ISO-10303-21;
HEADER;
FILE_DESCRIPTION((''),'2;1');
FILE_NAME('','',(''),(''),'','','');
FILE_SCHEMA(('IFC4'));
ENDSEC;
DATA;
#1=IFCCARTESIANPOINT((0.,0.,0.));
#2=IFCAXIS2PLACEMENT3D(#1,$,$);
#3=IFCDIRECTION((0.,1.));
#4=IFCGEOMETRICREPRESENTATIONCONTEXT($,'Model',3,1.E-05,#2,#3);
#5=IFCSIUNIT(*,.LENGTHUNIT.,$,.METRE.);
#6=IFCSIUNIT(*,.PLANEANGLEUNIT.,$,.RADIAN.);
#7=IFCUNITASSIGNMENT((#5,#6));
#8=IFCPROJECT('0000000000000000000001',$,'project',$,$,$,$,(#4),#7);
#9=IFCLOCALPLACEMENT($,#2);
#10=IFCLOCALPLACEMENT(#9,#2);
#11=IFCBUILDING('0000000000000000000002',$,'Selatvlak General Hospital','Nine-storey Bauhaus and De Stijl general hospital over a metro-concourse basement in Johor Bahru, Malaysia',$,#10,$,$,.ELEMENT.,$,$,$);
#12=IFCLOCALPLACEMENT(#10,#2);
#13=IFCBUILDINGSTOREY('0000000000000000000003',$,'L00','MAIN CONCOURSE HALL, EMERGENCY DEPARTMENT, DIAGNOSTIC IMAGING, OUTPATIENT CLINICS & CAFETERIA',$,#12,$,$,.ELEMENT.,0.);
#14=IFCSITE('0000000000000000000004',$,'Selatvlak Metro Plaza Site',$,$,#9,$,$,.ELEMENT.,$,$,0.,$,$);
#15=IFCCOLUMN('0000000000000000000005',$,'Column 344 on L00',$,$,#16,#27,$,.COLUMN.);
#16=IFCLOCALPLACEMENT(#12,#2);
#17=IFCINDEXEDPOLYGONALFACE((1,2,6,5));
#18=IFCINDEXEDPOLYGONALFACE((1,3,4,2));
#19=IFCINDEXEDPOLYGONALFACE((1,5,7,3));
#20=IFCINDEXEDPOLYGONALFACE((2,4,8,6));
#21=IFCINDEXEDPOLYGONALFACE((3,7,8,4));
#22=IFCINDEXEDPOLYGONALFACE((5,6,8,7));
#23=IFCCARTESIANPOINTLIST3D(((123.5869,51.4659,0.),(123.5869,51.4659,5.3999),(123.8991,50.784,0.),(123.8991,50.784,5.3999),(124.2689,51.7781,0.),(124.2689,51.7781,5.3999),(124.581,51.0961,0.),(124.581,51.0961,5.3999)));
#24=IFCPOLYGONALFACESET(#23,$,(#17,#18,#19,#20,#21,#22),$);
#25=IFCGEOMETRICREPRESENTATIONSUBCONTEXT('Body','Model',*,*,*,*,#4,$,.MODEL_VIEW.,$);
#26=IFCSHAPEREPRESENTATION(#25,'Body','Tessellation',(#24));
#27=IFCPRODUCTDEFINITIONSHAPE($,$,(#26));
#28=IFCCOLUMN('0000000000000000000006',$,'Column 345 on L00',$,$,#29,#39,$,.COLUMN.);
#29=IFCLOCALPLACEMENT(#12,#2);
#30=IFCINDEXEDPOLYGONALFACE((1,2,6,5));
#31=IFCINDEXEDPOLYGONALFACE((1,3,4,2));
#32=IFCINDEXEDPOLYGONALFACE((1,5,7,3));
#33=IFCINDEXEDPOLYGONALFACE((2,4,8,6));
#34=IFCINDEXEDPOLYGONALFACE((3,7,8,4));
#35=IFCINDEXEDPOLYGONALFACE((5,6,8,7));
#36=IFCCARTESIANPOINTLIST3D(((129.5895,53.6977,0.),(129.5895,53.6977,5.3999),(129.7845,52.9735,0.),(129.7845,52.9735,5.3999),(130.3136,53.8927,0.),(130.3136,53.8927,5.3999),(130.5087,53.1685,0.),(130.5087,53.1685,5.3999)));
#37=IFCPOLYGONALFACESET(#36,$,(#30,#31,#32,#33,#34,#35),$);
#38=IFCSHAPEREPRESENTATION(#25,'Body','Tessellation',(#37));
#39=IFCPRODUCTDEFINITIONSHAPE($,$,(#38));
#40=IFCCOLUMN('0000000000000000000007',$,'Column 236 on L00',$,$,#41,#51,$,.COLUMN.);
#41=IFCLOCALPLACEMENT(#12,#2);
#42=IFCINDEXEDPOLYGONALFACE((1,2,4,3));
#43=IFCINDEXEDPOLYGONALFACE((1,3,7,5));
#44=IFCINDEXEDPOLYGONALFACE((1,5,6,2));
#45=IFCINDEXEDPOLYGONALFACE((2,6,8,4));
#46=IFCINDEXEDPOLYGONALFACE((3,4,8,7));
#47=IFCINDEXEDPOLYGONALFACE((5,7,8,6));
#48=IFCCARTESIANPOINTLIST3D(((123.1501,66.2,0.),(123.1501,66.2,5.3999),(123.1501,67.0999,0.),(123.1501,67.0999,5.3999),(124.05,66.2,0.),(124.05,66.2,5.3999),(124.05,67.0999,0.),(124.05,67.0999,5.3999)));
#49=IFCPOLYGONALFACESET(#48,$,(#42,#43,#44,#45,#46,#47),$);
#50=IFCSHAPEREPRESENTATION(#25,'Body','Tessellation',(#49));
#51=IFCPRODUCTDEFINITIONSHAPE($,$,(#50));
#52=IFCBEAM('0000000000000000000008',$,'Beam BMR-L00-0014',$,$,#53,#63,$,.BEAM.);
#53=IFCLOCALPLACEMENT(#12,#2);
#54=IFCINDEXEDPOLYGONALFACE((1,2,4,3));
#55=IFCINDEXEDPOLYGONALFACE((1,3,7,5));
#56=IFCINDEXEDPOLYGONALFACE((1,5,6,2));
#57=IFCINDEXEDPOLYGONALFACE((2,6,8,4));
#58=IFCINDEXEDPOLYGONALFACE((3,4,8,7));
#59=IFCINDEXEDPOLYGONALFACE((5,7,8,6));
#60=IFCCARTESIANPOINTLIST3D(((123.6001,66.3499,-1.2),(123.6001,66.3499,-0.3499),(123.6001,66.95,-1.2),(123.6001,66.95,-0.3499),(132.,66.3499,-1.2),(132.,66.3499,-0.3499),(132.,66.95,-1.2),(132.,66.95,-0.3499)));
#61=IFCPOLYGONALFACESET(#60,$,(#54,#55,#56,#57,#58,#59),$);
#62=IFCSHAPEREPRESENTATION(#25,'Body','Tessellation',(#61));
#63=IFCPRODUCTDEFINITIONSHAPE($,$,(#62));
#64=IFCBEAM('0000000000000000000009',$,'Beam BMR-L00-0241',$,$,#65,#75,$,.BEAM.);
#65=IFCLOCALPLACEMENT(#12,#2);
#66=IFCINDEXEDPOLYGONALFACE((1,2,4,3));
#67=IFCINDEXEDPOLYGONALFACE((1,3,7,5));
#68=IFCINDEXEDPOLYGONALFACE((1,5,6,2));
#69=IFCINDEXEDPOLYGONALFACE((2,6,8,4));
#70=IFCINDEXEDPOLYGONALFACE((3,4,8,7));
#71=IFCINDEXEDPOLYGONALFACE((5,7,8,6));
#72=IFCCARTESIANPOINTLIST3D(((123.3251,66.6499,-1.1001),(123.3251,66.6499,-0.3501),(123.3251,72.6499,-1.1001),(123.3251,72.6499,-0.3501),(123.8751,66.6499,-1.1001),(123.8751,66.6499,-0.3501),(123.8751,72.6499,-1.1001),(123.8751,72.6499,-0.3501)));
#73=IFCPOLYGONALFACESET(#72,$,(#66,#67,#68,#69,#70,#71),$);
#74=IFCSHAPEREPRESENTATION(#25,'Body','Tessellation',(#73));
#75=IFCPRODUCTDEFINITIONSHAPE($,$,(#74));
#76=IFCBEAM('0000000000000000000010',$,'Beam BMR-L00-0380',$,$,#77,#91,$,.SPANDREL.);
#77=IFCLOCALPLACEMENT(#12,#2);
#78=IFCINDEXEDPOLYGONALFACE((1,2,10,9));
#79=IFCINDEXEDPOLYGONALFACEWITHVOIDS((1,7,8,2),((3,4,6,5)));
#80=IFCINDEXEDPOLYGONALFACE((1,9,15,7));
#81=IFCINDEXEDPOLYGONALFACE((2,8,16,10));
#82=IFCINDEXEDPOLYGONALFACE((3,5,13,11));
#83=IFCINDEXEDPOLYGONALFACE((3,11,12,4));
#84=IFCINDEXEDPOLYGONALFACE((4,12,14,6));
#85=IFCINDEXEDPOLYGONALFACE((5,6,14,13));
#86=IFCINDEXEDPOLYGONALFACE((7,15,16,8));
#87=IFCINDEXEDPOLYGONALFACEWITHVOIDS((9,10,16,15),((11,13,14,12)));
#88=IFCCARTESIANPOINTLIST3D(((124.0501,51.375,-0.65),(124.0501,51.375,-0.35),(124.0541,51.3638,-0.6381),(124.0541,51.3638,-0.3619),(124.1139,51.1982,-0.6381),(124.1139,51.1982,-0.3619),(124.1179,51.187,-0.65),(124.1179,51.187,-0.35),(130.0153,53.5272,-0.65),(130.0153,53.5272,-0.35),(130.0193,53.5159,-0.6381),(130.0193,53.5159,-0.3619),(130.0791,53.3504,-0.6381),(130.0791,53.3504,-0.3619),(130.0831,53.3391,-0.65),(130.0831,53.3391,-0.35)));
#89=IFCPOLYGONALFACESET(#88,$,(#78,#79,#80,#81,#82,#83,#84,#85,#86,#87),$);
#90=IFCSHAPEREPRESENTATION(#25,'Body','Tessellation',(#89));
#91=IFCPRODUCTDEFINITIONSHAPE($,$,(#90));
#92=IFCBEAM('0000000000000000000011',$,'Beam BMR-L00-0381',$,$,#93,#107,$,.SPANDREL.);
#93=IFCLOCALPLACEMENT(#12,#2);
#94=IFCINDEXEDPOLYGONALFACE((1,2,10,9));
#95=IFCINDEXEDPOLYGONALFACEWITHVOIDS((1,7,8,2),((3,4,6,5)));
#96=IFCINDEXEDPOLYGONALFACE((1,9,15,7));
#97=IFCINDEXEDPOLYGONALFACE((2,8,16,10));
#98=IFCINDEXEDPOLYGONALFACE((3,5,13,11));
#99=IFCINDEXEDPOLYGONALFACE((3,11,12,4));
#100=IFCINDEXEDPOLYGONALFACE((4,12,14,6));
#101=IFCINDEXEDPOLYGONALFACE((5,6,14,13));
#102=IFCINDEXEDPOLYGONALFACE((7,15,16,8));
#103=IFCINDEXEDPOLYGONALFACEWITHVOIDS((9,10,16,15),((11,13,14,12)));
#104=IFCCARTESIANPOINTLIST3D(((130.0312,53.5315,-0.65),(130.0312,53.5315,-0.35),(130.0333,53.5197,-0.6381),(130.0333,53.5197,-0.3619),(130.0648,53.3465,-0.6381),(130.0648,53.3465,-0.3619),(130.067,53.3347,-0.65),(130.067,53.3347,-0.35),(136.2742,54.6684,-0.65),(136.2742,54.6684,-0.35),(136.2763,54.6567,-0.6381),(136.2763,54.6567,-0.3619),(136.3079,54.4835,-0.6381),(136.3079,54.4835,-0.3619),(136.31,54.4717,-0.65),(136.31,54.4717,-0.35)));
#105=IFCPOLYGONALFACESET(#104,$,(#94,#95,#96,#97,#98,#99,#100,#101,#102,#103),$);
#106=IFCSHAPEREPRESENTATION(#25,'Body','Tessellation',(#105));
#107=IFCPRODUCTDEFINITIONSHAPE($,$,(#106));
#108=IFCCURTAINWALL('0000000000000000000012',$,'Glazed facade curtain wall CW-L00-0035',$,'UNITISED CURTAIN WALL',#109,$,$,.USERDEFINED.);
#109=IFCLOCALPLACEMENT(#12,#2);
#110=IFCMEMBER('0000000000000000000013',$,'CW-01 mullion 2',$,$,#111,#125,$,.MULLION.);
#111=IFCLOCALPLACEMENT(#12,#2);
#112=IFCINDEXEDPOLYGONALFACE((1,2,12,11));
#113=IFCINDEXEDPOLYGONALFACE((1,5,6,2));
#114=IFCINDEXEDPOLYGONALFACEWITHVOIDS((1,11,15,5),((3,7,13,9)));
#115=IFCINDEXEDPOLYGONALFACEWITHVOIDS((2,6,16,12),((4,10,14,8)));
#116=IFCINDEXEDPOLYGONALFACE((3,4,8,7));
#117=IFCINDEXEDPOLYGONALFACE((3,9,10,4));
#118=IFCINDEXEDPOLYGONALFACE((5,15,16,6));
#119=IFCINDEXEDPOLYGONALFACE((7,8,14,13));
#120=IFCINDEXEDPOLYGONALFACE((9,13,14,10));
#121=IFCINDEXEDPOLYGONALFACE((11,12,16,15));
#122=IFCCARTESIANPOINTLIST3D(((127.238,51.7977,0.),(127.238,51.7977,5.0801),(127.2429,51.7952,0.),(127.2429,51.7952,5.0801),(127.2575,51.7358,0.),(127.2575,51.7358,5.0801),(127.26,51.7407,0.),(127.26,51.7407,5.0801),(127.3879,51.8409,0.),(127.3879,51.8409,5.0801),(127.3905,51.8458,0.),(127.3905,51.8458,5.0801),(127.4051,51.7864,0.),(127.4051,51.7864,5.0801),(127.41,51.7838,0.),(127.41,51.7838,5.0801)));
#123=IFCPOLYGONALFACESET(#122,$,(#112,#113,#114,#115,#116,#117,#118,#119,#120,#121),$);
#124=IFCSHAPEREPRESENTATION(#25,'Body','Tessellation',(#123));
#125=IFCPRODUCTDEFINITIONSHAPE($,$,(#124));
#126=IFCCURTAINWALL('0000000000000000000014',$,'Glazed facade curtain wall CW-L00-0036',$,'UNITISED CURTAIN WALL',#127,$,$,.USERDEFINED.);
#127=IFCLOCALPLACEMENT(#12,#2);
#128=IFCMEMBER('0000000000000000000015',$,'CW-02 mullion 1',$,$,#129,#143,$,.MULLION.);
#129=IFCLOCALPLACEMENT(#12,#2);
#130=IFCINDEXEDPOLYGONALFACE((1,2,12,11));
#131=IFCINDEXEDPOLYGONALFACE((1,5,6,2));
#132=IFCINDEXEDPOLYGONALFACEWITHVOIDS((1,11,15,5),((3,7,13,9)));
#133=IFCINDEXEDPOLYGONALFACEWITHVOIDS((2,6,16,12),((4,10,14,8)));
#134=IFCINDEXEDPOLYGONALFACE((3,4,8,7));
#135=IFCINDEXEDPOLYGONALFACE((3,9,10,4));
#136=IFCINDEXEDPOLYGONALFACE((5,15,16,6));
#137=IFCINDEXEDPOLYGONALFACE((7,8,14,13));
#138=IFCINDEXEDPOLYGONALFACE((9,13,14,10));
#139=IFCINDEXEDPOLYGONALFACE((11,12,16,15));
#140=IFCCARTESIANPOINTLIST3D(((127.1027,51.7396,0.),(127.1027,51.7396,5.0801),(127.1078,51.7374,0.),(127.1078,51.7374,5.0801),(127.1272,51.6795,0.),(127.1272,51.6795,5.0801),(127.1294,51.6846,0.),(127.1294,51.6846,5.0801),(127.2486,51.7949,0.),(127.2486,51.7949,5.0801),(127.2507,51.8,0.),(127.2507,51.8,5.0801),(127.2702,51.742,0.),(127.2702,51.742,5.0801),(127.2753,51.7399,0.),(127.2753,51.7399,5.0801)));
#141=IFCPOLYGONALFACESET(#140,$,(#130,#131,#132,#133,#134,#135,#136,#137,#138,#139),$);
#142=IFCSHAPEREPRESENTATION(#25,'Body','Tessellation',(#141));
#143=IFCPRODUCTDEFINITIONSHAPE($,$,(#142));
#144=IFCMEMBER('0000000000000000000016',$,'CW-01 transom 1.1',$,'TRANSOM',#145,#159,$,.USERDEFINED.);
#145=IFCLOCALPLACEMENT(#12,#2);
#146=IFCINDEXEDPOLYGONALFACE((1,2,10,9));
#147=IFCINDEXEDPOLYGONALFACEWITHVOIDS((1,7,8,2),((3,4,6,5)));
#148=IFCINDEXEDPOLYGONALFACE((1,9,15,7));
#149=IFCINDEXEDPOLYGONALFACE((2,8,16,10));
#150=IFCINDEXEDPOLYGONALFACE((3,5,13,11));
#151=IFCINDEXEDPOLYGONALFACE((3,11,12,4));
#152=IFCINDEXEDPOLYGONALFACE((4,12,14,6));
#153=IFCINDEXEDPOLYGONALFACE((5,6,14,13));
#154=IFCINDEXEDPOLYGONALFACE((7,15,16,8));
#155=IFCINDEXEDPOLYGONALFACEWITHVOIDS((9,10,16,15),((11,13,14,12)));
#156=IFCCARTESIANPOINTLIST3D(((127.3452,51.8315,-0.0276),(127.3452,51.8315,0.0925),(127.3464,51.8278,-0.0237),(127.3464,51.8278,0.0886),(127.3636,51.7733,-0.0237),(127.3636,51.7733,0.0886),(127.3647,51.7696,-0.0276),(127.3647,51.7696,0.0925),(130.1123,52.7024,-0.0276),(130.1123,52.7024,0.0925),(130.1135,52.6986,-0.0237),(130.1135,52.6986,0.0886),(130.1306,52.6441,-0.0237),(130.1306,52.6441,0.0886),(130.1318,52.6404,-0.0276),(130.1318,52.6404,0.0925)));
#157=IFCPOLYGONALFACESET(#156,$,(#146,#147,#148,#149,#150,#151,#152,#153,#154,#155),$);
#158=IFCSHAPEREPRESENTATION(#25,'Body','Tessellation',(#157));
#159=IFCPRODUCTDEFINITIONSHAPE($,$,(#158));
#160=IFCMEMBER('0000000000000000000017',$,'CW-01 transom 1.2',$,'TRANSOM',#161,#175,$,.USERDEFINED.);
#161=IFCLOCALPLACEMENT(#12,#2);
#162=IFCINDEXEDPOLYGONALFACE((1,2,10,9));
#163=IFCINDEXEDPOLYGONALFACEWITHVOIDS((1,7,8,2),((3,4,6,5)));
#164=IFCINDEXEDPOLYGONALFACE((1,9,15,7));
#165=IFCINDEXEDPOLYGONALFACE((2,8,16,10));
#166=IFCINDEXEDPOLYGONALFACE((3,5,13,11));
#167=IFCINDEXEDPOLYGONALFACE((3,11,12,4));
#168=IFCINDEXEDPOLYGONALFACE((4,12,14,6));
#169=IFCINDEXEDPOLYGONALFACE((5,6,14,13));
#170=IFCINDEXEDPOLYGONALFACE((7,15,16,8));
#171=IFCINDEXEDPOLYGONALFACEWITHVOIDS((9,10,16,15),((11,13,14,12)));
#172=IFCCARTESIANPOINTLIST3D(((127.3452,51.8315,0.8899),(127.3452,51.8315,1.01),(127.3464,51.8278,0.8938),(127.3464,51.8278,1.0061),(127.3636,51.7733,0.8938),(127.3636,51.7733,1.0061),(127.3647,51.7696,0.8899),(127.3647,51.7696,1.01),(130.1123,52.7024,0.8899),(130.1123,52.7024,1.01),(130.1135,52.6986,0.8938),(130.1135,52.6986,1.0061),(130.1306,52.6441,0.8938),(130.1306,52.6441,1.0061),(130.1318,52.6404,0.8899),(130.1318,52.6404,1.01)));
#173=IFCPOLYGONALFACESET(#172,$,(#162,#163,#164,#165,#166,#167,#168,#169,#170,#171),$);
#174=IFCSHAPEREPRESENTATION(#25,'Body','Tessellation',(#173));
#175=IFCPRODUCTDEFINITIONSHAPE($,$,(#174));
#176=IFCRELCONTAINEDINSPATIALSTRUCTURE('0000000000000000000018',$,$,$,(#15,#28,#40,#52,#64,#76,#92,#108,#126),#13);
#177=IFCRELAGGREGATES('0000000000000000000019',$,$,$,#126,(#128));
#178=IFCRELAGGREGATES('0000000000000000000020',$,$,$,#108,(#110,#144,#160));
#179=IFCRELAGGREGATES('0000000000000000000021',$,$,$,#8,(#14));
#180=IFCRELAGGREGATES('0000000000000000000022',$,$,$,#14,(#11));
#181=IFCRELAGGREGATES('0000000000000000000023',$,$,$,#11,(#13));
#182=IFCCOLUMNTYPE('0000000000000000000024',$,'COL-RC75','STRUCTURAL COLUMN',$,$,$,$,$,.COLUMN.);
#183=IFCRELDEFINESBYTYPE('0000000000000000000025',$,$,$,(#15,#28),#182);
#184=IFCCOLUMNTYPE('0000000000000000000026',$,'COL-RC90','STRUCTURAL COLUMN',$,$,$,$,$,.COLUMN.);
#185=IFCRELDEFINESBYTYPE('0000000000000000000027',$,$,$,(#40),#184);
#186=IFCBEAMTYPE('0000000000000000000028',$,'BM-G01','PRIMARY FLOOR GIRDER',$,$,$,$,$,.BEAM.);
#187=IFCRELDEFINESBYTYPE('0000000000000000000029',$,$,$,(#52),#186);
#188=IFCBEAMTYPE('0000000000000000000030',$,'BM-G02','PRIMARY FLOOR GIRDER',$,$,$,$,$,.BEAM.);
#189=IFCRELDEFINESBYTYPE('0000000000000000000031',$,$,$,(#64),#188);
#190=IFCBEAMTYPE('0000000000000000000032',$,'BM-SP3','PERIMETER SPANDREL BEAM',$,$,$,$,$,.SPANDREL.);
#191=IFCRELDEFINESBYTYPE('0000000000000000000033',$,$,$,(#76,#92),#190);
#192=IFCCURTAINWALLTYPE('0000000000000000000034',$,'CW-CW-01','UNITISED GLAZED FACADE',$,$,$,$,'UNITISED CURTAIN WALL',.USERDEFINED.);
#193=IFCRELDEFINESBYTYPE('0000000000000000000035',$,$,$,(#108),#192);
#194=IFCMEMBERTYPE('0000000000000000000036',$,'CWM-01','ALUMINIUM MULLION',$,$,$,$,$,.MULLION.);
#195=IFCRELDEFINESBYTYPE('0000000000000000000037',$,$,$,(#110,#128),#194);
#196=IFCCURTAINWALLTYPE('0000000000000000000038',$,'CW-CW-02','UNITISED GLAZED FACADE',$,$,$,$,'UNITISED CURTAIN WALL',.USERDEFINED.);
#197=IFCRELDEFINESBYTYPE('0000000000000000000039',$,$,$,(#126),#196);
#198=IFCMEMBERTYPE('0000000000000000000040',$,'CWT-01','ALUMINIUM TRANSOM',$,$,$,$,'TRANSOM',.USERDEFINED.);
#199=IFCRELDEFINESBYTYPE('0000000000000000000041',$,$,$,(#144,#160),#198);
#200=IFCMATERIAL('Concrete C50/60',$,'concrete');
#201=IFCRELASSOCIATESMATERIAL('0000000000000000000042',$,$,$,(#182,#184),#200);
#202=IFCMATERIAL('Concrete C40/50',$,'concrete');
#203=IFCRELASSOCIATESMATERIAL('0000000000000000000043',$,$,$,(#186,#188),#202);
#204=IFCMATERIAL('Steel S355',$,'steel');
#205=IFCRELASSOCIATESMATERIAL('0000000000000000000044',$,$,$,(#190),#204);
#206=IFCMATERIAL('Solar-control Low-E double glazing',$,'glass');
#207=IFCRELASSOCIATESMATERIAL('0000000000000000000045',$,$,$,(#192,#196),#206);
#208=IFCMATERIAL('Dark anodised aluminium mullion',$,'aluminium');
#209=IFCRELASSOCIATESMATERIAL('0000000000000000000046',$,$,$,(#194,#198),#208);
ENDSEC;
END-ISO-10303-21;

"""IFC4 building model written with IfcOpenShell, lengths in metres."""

from ifc_helpers import new_model, si_unit, direction, frame, origin, origin_2d, place, context, subcontext, project, spatial, rectangle, hollow_rectangle, extrude, material, material_profile, profile_set, type_object, element, aggregate, save


model = new_model("IFC4")

# Units and contexts
model_context = context("Model", 3, precision=1e-05, world=origin(), true_north=direction((0.0, 1.0)))
body_context = subcontext(model_context, "Body", "Model", "MODEL_VIEW")
ifc_project = project(units=[si_unit("LENGTHUNIT", "METRE"), si_unit("PLANEANGLEUNIT", "RADIAN")], contexts=[model_context])

# Site, building, storey
site_placement = place(None, origin())
site = spatial("IfcSite", under=ifc_project, at=site_placement, Name="Selatvlak Metro Plaza Site", CompositionType="ELEMENT", RefElevation=0.0)
building_placement = place(site_placement, origin())
building = spatial("IfcBuilding", under=site, at=building_placement, Name="Selatvlak General Hospital", Description="Nine-storey Bauhaus and De Stijl general hospital over a metro-concourse basement in Johor Bahru, Malaysia", CompositionType="ELEMENT")
storey_placement = place(building_placement, origin())
storey = spatial("IfcBuildingStorey", under=building, at=storey_placement, Name="L00", Description="MAIN CONCOURSE HALL, EMERGENCY DEPARTMENT, DIAGNOSTIC IMAGING, OUTPATIENT CLINICS & CAFETERIA", CompositionType="ELEMENT", Elevation=0.0)

# Columns
ifc_material_1 = material(Name="Concrete C50/60", Category="concrete")
ifc_material_profile_1 = material_profile(ifc_material_1, rectangle(XDim=0.75, YDim=0.75, at=origin_2d()), Name="RC-COL 750x750")
ifc_profile_set_1 = profile_set([ifc_material_profile_1], Name="Concrete C50/60")
column_type_1 = type_object("IfcColumnType", Name="COL-RC75", Description="STRUCTURAL COLUMN", PredefinedType="COLUMN", material=ifc_profile_set_1)
for number, where, z_axis, x_axis, name in (
    (1, (124.084, 51.281, 0.0), (0.0, 0.0, 1.0), (-0.416201, 0.909272, 0.0), "Column 344 on L00"),
    (2, (130.0491, 53.4331, 0.0), (0.0, 0.0, 1.0), (-0.260066, 0.965591, 0.0), "Column 345 on L00"),
):
    element("IfcColumn", number, at=place(storey_placement, frame(where, z_axis=z_axis, x_axis=x_axis)), inside=storey, type_object=column_type_1, Name=name, PredefinedType="COLUMN", context=body_context, shape_type="SweptSolid", body=[
        extrude(rectangle(XDim=0.75, YDim=0.75, at=origin_2d()), origin(), (0.0, 0.0, 1.0), 5.3999),
    ])
ifc_material_profile_2 = material_profile(ifc_material_1, rectangle(XDim=0.8999, YDim=0.8999, at=origin_2d()), Name="RC-COL 900x900")
ifc_profile_set_2 = profile_set([ifc_material_profile_2], Name="Concrete C50/60")
column_type_2 = type_object("IfcColumnType", Name="COL-RC90", Description="STRUCTURAL COLUMN", PredefinedType="COLUMN", material=ifc_profile_set_2)
column_placement = place(storey_placement, frame((123.6001, 66.6499, 0.0), z_axis=(0.0, 0.0, 1.0), x_axis=(1.0, 0.0, 0.0)))
element("IfcColumn", 3, at=column_placement, inside=storey, type_object=column_type_2, Name="Column 236 on L00", PredefinedType="COLUMN", context=body_context, shape_type="SweptSolid", body=[
    extrude(rectangle(XDim=0.8999, YDim=0.8999, at=origin_2d()), origin(), (0.0, 0.0, 1.0), 5.3999),
])

# Beams
ifc_material_2 = material(Name="Concrete C40/50", Category="concrete")
ifc_material_profile_3 = material_profile(ifc_material_2, rectangle(XDim=0.6001, YDim=0.8501, at=origin_2d()), Name="RC-BM 600x850")
ifc_profile_set_3 = profile_set([ifc_material_profile_3], Name="Concrete C40/50")
beam_type_1 = type_object("IfcBeamType", Name="BM-G01", Description="PRIMARY FLOOR GIRDER", PredefinedType="BEAM", material=ifc_profile_set_3)
beam_1_placement = place(storey_placement, frame((123.6001, 66.6499, -0.7749), z_axis=(1.0, 0.0, 0.0), x_axis=(0.0, 1.0, 0.0)))
element("IfcBeam", 4, at=beam_1_placement, inside=storey, type_object=beam_type_1, Name="Beam BMR-L00-0014", PredefinedType="BEAM", context=body_context, shape_type="SweptSolid", body=[
    extrude(rectangle(XDim=0.6001, YDim=0.8501, at=origin_2d()), origin(), (0.0, 0.0, 1.0), 8.3999),
])
ifc_material_profile_4 = material_profile(ifc_material_2, rectangle(XDim=0.55, YDim=0.75, at=origin_2d()), Name="RC-BM 550x750")
ifc_profile_set_4 = profile_set([ifc_material_profile_4], Name="Concrete C40/50")
beam_type_2 = type_object("IfcBeamType", Name="BM-G02", Description="PRIMARY FLOOR GIRDER", PredefinedType="BEAM", material=ifc_profile_set_4)
beam_2_placement = place(storey_placement, frame((123.6001, 66.6499, -0.7251), z_axis=(0.0, 1.0, 0.0), x_axis=(-1.0, 0.0, 0.0)))
element("IfcBeam", 5, at=beam_2_placement, inside=storey, type_object=beam_type_2, Name="Beam BMR-L00-0241", PredefinedType="BEAM", context=body_context, shape_type="SweptSolid", body=[
    extrude(rectangle(XDim=0.55, YDim=0.75, at=origin_2d()), origin(), (0.0, 0.0, 1.0), 6.0),
])
ifc_material_3 = material(Name="Steel S355", Category="steel")
ifc_material_profile_5 = material_profile(ifc_material_3, hollow_rectangle(XDim=0.2, YDim=0.3, WallThickness=0.012, at=origin_2d()), Name="RHS 300x200x12")
ifc_profile_set_5 = profile_set([ifc_material_profile_5], Name="Steel S355")
beam_type_3 = type_object("IfcBeamType", Name="BM-SP3", Description="PERIMETER SPANDREL BEAM", PredefinedType="SPANDREL", material=ifc_profile_set_5)
beam_3_placement = place(storey_placement, frame((124.084, 51.281, -0.5), z_axis=(0.940653, 0.339371, 0.0), x_axis=(-0.339371, 0.940653, 0.0)))
element("IfcBeam", 6, at=beam_3_placement, inside=storey, type_object=beam_type_3, Name="Beam BMR-L00-0380", PredefinedType="SPANDREL", context=body_context, shape_type="SweptSolid", body=[
    extrude(hollow_rectangle(XDim=0.2, YDim=0.3, WallThickness=0.012, at=origin_2d()), origin(), (0.0, 0.0, 1.0), 6.3416),
])
beam_4_placement = place(storey_placement, frame((130.0491, 53.4331, -0.5), z_axis=(0.983818, 0.179173, 0.0), x_axis=(-0.179173, 0.983818, 0.0)))
element("IfcBeam", 7, at=beam_4_placement, inside=storey, type_object=beam_type_3, Name="Beam BMR-L00-0381", PredefinedType="SPANDREL", context=body_context, shape_type="SweptSolid", body=[
    extrude(hollow_rectangle(XDim=0.2, YDim=0.3, WallThickness=0.012, at=origin_2d()), origin(), (0.0, 0.0, 1.0), 6.3457),
])

# Curtain walls, members
ifc_material_4 = material(Name="Solar-control Low-E double glazing", Category="glass")
curtain_wall_type_1 = type_object("IfcCurtainWallType", Name="CW-CW-01", Description="UNITISED GLAZED FACADE", ElementType="UNITISED CURTAIN WALL", PredefinedType="USERDEFINED", material=ifc_material_4)
curtain_wall_1_placement = place(storey_placement, origin())
curtain_wall_1 = element("IfcCurtainWall", 8, at=curtain_wall_1_placement, inside=storey, type_object=curtain_wall_type_1, Name="Glazed facade curtain wall CW-L00-0035", ObjectType="UNITISED CURTAIN WALL", PredefinedType="USERDEFINED")
ifc_material_5 = material(Name="Dark anodised aluminium mullion", Category="aluminium")
ifc_material_profile_6 = material_profile(ifc_material_5, hollow_rectangle(XDim=0.0649, YDim=0.1599, WallThickness=0.0039, at=origin_2d()), Name="AL-MUL 65x160x4")
ifc_profile_set_6 = profile_set([ifc_material_profile_6], Name="Dark anodised aluminium mullion")
member_type_1 = type_object("IfcMemberType", Name="CWM-01", Description="ALUMINIUM MULLION", PredefinedType="MULLION", material=ifc_profile_set_6)
member_1_placement = place(storey_placement, frame((127.324, 51.7908, 0.0), z_axis=(0.0, 0.0, 1.0), x_axis=(0.300247, -0.953862, 0.0)))
member_1 = element("IfcMember", 9, at=member_1_placement, type_object=member_type_1, Name="CW-01 mullion 2", PredefinedType="MULLION", context=body_context, shape_type="SweptSolid", body=[
    extrude(hollow_rectangle(XDim=0.0649, YDim=0.1599, WallThickness=0.0039, at=origin_2d()), origin(), (0.0, 0.0, 1.0), 5.0801),
])
curtain_wall_type_2 = type_object("IfcCurtainWallType", Name="CW-CW-02", Description="UNITISED GLAZED FACADE", ElementType="UNITISED CURTAIN WALL", PredefinedType="USERDEFINED", material=ifc_material_4)
curtain_wall_2_placement = place(storey_placement, origin())
curtain_wall_2 = element("IfcCurtainWall", 10, at=curtain_wall_2_placement, inside=storey, type_object=curtain_wall_type_2, Name="Glazed facade curtain wall CW-L00-0036", ObjectType="UNITISED CURTAIN WALL", PredefinedType="USERDEFINED")
member_2_placement = place(storey_placement, frame((127.189, 51.7397, 0.0), z_axis=(0.0, 0.0, 1.0), x_axis=(0.377978, -0.925815, 0.0)))
member_2 = element("IfcMember", 11, at=member_2_placement, type_object=member_type_1, Name="CW-02 mullion 1", PredefinedType="MULLION", context=body_context, shape_type="SweptSolid", body=[
    extrude(hollow_rectangle(XDim=0.0649, YDim=0.1599, WallThickness=0.0039, at=origin_2d()), origin(), (0.0, 0.0, 1.0), 5.0801),
])

# Members
ifc_material_profile_7 = material_profile(ifc_material_5, hollow_rectangle(XDim=0.0649, YDim=0.1201, WallThickness=0.0039, at=origin_2d()), Name="AL-TRN 65x120x4")
ifc_profile_set_7 = profile_set([ifc_material_profile_7], Name="Dark anodised aluminium mullion")
member_type_2 = type_object("IfcMemberType", Name="CWT-01", Description="ALUMINIUM TRANSOM", ElementType="TRANSOM", PredefinedType="USERDEFINED", material=ifc_profile_set_7)
member_3_placement = place(storey_placement, frame((130.1221, 52.6714, 0.0325), z_axis=(-0.953876, -0.300201, 0.0), x_axis=(0.300201, -0.953876, 0.0)))
member_3 = element("IfcMember", 12, at=member_3_placement, type_object=member_type_2, Name="CW-01 transom 1.1", ObjectType="TRANSOM", PredefinedType="USERDEFINED", context=body_context, shape_type="SweptSolid", body=[
    extrude(hollow_rectangle(XDim=0.0649, YDim=0.1201, WallThickness=0.0039, at=origin_2d()), origin(), (0.0, 0.0, 1.0), 2.9009),
])
member_4_placement = place(storey_placement, frame((130.1221, 52.6714, 0.95), z_axis=(-0.953876, -0.300201, 0.0), x_axis=(0.300201, -0.953876, 0.0)))
member_4 = element("IfcMember", 13, at=member_4_placement, type_object=member_type_2, Name="CW-01 transom 1.2", ObjectType="TRANSOM", PredefinedType="USERDEFINED", context=body_context, shape_type="SweptSolid", body=[
    extrude(hollow_rectangle(XDim=0.0649, YDim=0.1201, WallThickness=0.0039, at=origin_2d()), origin(), (0.0, 0.0, 1.0), 2.9009),
])
aggregate(curtain_wall_2, [member_2])

aggregate(curtain_wall_1, [member_1, member_3, member_4])

save(model, "model.ifc")
